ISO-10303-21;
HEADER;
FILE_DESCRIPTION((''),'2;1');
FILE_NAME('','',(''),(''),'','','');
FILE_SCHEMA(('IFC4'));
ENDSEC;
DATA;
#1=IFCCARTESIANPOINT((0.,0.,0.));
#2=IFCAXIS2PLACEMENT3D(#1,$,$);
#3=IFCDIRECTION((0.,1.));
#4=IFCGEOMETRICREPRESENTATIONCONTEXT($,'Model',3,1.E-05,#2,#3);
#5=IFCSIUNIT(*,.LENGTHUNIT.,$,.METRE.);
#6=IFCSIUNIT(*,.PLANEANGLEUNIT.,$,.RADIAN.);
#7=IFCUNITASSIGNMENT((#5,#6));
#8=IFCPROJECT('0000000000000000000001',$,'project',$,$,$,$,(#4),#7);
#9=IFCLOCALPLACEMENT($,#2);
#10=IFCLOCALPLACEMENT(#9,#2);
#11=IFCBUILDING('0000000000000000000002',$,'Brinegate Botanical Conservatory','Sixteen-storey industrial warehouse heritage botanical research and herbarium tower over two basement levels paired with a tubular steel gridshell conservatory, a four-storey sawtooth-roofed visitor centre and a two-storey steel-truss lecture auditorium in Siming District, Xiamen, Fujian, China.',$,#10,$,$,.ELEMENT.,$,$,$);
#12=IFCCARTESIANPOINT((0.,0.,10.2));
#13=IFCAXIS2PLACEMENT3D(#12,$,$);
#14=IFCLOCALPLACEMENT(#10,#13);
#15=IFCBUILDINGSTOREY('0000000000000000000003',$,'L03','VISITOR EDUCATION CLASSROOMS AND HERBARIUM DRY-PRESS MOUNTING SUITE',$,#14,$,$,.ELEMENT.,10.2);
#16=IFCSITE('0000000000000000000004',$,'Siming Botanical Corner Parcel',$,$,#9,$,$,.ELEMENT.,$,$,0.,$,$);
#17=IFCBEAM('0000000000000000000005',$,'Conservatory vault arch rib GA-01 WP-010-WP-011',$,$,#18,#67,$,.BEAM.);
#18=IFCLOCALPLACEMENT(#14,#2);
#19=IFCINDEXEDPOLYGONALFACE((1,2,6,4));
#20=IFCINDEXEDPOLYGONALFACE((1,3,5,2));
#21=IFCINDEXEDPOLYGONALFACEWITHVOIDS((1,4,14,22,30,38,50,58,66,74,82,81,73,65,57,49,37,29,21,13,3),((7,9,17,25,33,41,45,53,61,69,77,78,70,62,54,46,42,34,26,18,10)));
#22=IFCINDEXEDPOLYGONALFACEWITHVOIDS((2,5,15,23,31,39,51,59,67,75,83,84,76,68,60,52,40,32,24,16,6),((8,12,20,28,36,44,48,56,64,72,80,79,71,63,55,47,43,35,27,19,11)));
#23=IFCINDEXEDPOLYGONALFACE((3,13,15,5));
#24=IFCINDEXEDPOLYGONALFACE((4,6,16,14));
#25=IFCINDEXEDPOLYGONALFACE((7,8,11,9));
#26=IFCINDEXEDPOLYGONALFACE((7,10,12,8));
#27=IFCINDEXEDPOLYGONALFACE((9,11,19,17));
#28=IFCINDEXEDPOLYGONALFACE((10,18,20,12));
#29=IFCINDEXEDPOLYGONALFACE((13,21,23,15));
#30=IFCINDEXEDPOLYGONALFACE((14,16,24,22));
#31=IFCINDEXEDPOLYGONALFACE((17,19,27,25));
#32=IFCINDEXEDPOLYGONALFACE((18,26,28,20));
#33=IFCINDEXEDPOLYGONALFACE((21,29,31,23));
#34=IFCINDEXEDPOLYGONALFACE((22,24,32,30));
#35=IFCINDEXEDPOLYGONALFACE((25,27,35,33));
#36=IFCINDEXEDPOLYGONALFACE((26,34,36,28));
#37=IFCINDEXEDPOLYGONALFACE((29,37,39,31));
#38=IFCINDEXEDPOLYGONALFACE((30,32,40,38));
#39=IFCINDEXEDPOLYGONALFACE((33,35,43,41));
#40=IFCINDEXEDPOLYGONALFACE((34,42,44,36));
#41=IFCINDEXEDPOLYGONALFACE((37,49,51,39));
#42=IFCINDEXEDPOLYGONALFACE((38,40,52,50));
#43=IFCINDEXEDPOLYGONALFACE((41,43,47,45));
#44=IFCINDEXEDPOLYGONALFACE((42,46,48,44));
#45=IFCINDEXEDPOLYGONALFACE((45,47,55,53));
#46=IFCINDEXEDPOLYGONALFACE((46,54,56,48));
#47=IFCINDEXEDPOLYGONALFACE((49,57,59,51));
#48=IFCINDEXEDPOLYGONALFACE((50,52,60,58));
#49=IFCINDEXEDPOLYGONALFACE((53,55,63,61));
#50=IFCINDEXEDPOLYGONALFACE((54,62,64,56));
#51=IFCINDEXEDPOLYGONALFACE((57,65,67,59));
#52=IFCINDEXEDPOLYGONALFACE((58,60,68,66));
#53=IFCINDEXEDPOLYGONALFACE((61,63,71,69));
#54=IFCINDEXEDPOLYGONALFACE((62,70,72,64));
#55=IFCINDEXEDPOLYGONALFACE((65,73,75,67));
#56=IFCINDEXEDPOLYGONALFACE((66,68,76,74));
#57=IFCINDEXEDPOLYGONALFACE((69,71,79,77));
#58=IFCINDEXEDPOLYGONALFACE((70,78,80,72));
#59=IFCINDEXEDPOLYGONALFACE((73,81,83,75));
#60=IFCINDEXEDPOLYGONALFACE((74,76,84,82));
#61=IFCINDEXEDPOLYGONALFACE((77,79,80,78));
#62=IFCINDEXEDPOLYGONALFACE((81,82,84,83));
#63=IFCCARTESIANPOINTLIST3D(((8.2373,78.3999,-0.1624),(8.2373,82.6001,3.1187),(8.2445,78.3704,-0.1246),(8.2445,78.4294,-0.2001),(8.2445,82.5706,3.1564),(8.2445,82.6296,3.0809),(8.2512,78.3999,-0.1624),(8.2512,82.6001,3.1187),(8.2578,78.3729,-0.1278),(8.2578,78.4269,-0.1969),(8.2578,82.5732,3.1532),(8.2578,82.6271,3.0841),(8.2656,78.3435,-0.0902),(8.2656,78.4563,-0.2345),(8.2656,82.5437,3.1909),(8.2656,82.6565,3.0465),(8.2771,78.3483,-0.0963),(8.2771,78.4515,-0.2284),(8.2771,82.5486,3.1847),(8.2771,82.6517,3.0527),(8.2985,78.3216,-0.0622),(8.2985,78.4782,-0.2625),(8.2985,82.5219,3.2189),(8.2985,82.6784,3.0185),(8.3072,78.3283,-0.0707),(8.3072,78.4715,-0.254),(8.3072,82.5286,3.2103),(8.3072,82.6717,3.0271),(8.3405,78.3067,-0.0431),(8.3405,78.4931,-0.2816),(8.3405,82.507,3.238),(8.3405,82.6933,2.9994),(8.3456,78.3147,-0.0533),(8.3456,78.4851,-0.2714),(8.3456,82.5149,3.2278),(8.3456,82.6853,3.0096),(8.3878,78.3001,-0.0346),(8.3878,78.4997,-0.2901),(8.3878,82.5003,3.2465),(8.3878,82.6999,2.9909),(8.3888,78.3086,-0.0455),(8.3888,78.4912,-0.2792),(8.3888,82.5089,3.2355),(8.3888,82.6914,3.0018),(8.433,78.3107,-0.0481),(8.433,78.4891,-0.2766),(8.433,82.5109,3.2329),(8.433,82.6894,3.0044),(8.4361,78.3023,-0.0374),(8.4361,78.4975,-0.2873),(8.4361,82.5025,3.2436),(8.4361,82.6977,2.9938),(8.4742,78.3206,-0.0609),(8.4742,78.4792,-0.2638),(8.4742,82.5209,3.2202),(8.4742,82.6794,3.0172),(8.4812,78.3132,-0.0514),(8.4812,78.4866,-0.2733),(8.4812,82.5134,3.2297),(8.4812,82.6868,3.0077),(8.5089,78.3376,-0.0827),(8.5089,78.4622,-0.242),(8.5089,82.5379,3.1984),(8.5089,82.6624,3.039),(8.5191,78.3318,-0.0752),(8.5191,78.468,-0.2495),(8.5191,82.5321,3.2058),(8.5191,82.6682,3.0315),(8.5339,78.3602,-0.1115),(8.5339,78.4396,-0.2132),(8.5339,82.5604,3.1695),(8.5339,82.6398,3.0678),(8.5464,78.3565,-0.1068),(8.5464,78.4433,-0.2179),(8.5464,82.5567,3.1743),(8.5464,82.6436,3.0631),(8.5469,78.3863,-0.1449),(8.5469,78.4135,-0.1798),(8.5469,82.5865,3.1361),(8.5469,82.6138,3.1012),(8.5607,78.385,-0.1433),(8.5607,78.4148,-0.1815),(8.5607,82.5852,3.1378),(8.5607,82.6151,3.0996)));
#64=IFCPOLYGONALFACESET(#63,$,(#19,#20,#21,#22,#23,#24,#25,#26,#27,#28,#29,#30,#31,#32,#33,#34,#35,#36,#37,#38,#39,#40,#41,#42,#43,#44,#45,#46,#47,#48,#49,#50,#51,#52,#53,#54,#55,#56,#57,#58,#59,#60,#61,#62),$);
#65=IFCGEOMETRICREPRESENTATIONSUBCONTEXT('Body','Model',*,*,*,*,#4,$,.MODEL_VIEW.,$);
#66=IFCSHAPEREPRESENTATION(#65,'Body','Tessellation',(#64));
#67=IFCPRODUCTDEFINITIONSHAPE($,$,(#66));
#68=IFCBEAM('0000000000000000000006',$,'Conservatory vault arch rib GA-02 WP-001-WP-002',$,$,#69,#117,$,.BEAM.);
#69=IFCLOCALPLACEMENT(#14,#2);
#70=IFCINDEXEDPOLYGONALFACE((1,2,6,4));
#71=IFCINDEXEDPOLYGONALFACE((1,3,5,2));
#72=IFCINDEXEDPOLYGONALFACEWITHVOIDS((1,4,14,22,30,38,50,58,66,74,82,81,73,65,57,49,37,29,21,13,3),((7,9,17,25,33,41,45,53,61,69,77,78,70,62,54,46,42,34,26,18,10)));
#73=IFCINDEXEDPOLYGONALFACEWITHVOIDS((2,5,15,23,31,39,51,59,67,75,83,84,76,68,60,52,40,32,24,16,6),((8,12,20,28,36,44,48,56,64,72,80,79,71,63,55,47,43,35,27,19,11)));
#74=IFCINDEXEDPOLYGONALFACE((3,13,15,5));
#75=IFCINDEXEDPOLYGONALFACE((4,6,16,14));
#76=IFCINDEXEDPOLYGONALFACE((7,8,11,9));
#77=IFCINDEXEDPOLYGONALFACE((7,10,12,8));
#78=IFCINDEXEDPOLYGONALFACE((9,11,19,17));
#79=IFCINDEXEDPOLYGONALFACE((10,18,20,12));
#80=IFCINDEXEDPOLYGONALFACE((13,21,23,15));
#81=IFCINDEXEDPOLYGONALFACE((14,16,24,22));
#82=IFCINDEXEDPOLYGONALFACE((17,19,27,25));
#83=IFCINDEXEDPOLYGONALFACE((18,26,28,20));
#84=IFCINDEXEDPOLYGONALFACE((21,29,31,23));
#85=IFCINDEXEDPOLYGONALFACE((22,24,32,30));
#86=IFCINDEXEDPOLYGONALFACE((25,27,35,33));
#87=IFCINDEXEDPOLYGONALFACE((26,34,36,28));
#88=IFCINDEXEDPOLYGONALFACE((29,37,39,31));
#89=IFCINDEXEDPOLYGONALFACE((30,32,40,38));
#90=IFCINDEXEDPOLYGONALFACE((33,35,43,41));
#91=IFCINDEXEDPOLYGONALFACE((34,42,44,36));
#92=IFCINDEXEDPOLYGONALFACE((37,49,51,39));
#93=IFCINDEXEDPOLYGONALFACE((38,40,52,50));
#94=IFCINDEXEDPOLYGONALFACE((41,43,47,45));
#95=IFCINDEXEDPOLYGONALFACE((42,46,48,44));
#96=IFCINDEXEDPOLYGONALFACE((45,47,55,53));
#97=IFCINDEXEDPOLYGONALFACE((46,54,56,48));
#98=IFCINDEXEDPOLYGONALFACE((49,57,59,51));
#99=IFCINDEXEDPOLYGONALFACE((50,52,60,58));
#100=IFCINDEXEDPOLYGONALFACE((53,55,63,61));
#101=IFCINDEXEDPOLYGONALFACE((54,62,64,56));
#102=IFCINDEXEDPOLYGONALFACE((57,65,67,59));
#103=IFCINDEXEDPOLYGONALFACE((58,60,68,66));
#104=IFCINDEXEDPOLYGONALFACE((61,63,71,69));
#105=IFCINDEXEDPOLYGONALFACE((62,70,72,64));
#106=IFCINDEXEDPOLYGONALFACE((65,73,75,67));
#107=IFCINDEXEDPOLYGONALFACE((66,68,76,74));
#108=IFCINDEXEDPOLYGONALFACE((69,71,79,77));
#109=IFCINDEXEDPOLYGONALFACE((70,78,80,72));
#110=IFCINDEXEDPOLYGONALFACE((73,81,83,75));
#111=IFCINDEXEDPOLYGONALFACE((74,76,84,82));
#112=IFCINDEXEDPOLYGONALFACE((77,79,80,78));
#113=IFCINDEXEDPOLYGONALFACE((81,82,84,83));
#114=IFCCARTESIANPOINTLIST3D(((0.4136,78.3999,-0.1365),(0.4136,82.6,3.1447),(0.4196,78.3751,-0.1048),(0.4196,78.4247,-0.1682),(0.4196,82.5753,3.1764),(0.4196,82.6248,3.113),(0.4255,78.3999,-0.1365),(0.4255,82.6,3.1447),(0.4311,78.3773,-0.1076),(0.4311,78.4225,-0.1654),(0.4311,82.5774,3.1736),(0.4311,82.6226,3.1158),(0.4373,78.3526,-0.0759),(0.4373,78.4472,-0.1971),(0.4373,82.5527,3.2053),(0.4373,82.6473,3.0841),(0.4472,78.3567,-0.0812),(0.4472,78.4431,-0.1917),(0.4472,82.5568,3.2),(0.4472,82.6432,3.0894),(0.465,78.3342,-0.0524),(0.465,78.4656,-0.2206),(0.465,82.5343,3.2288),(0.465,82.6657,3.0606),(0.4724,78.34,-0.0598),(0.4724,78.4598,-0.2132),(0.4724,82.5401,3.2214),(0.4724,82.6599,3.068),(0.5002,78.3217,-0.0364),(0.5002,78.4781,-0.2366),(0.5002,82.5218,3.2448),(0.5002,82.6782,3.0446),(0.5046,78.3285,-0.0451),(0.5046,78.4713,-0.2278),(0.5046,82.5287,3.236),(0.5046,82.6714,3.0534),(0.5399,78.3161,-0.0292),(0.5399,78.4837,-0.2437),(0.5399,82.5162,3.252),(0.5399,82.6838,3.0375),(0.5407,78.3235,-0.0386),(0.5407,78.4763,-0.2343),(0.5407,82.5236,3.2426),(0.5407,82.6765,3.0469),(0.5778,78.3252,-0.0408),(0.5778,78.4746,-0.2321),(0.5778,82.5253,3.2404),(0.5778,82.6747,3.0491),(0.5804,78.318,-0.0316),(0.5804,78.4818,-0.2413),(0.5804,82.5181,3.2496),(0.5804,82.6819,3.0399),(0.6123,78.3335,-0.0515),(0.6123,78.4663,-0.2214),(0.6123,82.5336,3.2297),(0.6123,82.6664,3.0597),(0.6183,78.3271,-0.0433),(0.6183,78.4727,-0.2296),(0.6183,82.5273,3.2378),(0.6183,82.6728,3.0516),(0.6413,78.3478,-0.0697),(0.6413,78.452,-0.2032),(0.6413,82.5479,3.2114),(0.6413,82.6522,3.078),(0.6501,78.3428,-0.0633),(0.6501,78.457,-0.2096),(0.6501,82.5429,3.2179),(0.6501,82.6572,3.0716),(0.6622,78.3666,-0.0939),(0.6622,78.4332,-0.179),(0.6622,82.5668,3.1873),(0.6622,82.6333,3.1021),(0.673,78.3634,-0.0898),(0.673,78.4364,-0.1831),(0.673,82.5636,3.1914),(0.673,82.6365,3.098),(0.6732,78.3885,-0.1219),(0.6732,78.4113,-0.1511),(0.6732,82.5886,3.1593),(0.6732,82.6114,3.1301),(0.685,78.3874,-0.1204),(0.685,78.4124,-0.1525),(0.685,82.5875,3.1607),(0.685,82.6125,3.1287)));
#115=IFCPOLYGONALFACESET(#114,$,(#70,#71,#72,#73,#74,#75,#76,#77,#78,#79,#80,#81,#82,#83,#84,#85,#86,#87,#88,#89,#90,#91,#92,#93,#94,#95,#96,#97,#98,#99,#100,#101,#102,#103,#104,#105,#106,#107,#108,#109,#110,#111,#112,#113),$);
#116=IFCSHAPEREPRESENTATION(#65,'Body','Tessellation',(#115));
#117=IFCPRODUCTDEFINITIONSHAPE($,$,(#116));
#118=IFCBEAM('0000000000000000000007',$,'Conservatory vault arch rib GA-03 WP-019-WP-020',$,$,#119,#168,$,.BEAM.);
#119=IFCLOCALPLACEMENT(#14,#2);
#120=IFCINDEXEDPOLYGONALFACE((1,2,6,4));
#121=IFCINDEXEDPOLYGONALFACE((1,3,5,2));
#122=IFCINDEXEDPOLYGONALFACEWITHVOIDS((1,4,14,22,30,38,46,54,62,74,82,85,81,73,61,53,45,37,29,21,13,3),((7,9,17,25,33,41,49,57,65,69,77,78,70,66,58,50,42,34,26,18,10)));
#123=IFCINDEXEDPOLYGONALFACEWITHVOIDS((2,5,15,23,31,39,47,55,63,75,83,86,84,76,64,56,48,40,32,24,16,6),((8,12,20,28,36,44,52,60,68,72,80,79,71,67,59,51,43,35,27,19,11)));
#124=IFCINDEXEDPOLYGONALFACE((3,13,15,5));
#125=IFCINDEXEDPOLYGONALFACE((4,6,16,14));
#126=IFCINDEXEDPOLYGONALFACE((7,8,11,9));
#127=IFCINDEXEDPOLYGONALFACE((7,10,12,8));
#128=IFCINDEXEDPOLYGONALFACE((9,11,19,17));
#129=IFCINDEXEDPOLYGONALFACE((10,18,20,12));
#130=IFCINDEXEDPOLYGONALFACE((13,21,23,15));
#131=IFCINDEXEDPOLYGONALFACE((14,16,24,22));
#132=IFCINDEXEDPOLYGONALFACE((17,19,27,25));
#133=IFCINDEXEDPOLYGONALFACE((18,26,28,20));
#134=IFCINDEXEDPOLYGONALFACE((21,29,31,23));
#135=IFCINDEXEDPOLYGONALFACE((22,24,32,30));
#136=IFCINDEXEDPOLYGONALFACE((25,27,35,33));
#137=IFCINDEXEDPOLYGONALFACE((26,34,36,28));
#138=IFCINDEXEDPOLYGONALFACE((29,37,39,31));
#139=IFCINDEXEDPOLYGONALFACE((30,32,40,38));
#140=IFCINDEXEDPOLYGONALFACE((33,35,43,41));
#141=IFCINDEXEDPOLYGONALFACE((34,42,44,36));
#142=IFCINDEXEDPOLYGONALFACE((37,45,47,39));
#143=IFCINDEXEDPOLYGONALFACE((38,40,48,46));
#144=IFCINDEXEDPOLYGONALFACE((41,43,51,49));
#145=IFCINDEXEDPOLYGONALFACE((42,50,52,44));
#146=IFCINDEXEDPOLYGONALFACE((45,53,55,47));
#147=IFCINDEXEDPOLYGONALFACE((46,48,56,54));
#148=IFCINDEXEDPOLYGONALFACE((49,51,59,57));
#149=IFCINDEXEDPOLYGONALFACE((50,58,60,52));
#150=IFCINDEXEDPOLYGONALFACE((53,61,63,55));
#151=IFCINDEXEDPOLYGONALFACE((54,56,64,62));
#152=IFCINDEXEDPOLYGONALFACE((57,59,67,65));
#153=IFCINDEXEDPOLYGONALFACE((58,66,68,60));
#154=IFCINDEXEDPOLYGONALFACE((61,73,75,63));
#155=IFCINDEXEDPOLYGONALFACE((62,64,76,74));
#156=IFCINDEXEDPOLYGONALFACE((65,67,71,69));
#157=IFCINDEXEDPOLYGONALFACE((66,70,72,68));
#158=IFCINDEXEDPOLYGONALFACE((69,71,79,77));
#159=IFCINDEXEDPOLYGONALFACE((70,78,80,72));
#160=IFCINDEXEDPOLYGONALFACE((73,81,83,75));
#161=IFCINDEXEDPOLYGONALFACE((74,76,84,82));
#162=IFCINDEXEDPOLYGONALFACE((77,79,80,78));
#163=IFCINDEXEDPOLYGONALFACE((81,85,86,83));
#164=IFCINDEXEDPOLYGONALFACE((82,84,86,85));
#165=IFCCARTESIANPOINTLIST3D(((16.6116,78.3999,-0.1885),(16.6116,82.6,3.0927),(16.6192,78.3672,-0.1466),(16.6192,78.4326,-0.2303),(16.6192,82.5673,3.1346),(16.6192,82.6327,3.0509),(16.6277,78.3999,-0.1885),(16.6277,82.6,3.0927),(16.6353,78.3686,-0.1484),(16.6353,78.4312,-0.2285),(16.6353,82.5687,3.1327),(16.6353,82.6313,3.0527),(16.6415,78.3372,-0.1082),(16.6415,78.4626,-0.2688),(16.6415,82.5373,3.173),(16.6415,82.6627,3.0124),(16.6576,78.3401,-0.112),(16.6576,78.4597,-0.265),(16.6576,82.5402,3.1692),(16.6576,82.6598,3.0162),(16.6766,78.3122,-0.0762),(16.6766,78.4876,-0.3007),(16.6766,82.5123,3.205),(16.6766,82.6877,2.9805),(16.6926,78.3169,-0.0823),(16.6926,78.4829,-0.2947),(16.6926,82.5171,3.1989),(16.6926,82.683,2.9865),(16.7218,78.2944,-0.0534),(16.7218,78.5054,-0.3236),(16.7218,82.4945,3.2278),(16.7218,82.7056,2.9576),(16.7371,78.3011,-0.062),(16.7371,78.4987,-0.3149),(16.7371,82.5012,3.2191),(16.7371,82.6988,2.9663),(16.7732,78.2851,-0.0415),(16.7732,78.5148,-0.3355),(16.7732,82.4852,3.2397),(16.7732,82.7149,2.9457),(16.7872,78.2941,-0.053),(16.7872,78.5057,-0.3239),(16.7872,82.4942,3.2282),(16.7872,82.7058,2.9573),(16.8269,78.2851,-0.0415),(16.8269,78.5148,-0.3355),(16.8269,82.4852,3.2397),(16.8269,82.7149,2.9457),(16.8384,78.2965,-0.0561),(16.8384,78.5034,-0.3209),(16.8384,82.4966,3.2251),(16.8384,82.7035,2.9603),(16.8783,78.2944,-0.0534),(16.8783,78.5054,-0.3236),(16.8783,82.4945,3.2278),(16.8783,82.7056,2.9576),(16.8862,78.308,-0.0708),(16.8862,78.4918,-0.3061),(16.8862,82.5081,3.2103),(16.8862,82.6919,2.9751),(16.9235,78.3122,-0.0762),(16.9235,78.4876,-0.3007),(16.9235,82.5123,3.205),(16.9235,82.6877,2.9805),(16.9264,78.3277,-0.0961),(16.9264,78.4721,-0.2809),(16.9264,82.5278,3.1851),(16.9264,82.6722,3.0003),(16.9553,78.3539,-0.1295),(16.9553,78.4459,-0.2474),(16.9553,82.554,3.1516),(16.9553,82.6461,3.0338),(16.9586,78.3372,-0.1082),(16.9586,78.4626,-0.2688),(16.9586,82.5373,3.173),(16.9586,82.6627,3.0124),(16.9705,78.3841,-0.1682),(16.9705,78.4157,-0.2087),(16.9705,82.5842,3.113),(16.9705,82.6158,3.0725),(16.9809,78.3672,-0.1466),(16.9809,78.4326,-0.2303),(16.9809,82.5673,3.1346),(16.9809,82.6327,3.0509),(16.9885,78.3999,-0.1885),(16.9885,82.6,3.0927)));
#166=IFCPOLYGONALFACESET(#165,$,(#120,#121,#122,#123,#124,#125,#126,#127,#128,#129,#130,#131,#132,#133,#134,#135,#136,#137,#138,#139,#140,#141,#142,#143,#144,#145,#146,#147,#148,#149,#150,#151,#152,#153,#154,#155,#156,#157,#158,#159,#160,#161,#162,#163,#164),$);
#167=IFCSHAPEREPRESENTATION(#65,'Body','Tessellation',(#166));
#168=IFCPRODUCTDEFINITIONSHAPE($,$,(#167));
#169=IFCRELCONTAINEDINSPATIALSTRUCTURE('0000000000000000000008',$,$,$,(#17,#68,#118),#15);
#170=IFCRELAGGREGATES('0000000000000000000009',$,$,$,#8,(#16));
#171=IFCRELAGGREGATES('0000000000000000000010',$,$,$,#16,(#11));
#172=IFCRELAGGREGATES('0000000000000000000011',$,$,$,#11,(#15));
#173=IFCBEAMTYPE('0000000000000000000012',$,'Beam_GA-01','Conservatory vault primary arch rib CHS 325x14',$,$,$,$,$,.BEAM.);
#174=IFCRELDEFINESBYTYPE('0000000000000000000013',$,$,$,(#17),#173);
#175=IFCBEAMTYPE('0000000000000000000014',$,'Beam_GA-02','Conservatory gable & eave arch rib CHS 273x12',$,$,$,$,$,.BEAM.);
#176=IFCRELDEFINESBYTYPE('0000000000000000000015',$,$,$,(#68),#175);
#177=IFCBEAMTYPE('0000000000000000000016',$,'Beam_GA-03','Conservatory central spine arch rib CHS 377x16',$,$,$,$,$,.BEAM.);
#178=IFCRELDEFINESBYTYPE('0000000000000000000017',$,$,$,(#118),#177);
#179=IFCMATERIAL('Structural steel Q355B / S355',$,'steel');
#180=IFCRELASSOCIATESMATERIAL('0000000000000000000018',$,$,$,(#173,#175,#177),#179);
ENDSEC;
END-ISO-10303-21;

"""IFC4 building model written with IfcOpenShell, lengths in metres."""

from ifc_helpers import new_model, si_unit, direction, frame, origin, origin_2d, place, context, subcontext, project, spatial, hollow_circle, extrude, material, material_profile, profile_set, type_object, element, save


model = new_model("IFC4")

# Units and contexts
model_context = context("Model", 3, precision=1e-05, world=origin(), true_north=direction((0.0, 1.0)))
body_context = subcontext(model_context, "Body", "Model", "MODEL_VIEW")
ifc_project = project(units=[si_unit("LENGTHUNIT", "METRE"), si_unit("PLANEANGLEUNIT", "RADIAN")], contexts=[model_context])

# Site, building, storey
site_placement = place(None, origin())
site = spatial("IfcSite", under=ifc_project, at=site_placement, Name="Siming Botanical Corner Parcel", CompositionType="ELEMENT", RefElevation=0.0)
building_placement = place(site_placement, origin())
building = spatial("IfcBuilding", under=site, at=building_placement, Name="Brinegate Botanical Conservatory", Description="Sixteen-storey industrial warehouse heritage botanical research and herbarium tower over two basement levels paired with a tubular steel gridshell conservatory, a four-storey sawtooth-roofed visitor centre and a two-storey steel-truss lecture auditorium in Siming District, Xiamen, Fujian, China.", CompositionType="ELEMENT")
storey_placement = place(building_placement, frame((0.0, 0.0, 10.2)))
storey = spatial("IfcBuildingStorey", under=building, at=storey_placement, Name="L03", Description="VISITOR EDUCATION CLASSROOMS AND HERBARIUM DRY-PRESS MOUNTING SUITE", CompositionType="ELEMENT", Elevation=10.2)

# Beams
ifc_material_1 = material(Name="Structural steel Q355B / S355", Category="steel")
ifc_material_profile_1 = material_profile(ifc_material_1, hollow_circle(Radius=0.1626, WallThickness=0.0139, at=origin_2d()), Name="CHS 325x14")
ifc_profile_set_1 = profile_set([ifc_material_profile_1], Name="Structural steel Q355B / S355")
beam_type_1 = type_object("IfcBeamType", Name="Beam_GA-01", Description="Conservatory vault primary arch rib CHS 325x14", PredefinedType="BEAM", material=ifc_profile_set_1)
beam_1_placement = place(storey_placement, frame((8.3999, 78.3999, -0.1624), z_axis=(0.0, 0.78806, 0.615598), x_axis=(-1.0, 0.0, 0.0)))
element("IfcBeam", 1, at=beam_1_placement, inside=storey, type_object=beam_type_1, Name="Conservatory vault arch rib GA-01 WP-010-WP-011", PredefinedType="BEAM", context=body_context, shape_type="SweptSolid", body=[
    extrude(hollow_circle(Radius=0.1626, WallThickness=0.0139, at=origin_2d()), origin(), (0.0, 0.0, 1.0), 5.3298),
])
ifc_material_profile_2 = material_profile(ifc_material_1, hollow_circle(Radius=0.1365, WallThickness=0.012, at=origin_2d()), Name="CHS 273x12")
ifc_profile_set_2 = profile_set([ifc_material_profile_2], Name="Structural steel Q355B / S355")
beam_type_2 = type_object("IfcBeamType", Name="Beam_GA-02", Description="Conservatory gable & eave arch rib CHS 273x12", PredefinedType="BEAM", material=ifc_profile_set_2)
beam_2_placement = place(storey_placement, frame((0.55, 78.3999, -0.1365), z_axis=(0.0, 0.788038, 0.615626), x_axis=(-1.0, 0.0, 0.0)))
element("IfcBeam", 2, at=beam_2_placement, inside=storey, type_object=beam_type_2, Name="Conservatory vault arch rib GA-02 WP-001-WP-002", PredefinedType="BEAM", context=body_context, shape_type="SweptSolid", body=[
    extrude(hollow_circle(Radius=0.1365, WallThickness=0.012, at=origin_2d()), origin(), (0.0, 0.0, 1.0), 5.3298),
])
ifc_material_profile_3 = material_profile(ifc_material_1, hollow_circle(Radius=0.1885, WallThickness=0.0161, at=origin_2d()), Name="CHS 377x16")
ifc_profile_set_3 = profile_set([ifc_material_profile_3], Name="Structural steel Q355B / S355")
beam_type_3 = type_object("IfcBeamType", Name="Beam_GA-03", Description="Conservatory central spine arch rib CHS 377x16", PredefinedType="BEAM", material=ifc_profile_set_3)
for number, where, z_axis, x_axis, name in (
    (3, (16.8, 78.3999, -0.1885), (0.0, 0.788038, 0.615626), (-1.0, 0.0, 0.0), "Conservatory vault arch rib GA-03 WP-019-WP-020"),
):
    element("IfcBeam", number, at=place(storey_placement, frame(where, z_axis=z_axis, x_axis=x_axis)), inside=storey, type_object=beam_type_3, Name=name, PredefinedType="BEAM", context=body_context, shape_type="SweptSolid", body=[
        extrude(hollow_circle(Radius=0.1885, WallThickness=0.0161, at=origin_2d()), origin(), (0.0, 0.0, 1.0), 5.3298),
    ])

save(model, "model.ifc")
